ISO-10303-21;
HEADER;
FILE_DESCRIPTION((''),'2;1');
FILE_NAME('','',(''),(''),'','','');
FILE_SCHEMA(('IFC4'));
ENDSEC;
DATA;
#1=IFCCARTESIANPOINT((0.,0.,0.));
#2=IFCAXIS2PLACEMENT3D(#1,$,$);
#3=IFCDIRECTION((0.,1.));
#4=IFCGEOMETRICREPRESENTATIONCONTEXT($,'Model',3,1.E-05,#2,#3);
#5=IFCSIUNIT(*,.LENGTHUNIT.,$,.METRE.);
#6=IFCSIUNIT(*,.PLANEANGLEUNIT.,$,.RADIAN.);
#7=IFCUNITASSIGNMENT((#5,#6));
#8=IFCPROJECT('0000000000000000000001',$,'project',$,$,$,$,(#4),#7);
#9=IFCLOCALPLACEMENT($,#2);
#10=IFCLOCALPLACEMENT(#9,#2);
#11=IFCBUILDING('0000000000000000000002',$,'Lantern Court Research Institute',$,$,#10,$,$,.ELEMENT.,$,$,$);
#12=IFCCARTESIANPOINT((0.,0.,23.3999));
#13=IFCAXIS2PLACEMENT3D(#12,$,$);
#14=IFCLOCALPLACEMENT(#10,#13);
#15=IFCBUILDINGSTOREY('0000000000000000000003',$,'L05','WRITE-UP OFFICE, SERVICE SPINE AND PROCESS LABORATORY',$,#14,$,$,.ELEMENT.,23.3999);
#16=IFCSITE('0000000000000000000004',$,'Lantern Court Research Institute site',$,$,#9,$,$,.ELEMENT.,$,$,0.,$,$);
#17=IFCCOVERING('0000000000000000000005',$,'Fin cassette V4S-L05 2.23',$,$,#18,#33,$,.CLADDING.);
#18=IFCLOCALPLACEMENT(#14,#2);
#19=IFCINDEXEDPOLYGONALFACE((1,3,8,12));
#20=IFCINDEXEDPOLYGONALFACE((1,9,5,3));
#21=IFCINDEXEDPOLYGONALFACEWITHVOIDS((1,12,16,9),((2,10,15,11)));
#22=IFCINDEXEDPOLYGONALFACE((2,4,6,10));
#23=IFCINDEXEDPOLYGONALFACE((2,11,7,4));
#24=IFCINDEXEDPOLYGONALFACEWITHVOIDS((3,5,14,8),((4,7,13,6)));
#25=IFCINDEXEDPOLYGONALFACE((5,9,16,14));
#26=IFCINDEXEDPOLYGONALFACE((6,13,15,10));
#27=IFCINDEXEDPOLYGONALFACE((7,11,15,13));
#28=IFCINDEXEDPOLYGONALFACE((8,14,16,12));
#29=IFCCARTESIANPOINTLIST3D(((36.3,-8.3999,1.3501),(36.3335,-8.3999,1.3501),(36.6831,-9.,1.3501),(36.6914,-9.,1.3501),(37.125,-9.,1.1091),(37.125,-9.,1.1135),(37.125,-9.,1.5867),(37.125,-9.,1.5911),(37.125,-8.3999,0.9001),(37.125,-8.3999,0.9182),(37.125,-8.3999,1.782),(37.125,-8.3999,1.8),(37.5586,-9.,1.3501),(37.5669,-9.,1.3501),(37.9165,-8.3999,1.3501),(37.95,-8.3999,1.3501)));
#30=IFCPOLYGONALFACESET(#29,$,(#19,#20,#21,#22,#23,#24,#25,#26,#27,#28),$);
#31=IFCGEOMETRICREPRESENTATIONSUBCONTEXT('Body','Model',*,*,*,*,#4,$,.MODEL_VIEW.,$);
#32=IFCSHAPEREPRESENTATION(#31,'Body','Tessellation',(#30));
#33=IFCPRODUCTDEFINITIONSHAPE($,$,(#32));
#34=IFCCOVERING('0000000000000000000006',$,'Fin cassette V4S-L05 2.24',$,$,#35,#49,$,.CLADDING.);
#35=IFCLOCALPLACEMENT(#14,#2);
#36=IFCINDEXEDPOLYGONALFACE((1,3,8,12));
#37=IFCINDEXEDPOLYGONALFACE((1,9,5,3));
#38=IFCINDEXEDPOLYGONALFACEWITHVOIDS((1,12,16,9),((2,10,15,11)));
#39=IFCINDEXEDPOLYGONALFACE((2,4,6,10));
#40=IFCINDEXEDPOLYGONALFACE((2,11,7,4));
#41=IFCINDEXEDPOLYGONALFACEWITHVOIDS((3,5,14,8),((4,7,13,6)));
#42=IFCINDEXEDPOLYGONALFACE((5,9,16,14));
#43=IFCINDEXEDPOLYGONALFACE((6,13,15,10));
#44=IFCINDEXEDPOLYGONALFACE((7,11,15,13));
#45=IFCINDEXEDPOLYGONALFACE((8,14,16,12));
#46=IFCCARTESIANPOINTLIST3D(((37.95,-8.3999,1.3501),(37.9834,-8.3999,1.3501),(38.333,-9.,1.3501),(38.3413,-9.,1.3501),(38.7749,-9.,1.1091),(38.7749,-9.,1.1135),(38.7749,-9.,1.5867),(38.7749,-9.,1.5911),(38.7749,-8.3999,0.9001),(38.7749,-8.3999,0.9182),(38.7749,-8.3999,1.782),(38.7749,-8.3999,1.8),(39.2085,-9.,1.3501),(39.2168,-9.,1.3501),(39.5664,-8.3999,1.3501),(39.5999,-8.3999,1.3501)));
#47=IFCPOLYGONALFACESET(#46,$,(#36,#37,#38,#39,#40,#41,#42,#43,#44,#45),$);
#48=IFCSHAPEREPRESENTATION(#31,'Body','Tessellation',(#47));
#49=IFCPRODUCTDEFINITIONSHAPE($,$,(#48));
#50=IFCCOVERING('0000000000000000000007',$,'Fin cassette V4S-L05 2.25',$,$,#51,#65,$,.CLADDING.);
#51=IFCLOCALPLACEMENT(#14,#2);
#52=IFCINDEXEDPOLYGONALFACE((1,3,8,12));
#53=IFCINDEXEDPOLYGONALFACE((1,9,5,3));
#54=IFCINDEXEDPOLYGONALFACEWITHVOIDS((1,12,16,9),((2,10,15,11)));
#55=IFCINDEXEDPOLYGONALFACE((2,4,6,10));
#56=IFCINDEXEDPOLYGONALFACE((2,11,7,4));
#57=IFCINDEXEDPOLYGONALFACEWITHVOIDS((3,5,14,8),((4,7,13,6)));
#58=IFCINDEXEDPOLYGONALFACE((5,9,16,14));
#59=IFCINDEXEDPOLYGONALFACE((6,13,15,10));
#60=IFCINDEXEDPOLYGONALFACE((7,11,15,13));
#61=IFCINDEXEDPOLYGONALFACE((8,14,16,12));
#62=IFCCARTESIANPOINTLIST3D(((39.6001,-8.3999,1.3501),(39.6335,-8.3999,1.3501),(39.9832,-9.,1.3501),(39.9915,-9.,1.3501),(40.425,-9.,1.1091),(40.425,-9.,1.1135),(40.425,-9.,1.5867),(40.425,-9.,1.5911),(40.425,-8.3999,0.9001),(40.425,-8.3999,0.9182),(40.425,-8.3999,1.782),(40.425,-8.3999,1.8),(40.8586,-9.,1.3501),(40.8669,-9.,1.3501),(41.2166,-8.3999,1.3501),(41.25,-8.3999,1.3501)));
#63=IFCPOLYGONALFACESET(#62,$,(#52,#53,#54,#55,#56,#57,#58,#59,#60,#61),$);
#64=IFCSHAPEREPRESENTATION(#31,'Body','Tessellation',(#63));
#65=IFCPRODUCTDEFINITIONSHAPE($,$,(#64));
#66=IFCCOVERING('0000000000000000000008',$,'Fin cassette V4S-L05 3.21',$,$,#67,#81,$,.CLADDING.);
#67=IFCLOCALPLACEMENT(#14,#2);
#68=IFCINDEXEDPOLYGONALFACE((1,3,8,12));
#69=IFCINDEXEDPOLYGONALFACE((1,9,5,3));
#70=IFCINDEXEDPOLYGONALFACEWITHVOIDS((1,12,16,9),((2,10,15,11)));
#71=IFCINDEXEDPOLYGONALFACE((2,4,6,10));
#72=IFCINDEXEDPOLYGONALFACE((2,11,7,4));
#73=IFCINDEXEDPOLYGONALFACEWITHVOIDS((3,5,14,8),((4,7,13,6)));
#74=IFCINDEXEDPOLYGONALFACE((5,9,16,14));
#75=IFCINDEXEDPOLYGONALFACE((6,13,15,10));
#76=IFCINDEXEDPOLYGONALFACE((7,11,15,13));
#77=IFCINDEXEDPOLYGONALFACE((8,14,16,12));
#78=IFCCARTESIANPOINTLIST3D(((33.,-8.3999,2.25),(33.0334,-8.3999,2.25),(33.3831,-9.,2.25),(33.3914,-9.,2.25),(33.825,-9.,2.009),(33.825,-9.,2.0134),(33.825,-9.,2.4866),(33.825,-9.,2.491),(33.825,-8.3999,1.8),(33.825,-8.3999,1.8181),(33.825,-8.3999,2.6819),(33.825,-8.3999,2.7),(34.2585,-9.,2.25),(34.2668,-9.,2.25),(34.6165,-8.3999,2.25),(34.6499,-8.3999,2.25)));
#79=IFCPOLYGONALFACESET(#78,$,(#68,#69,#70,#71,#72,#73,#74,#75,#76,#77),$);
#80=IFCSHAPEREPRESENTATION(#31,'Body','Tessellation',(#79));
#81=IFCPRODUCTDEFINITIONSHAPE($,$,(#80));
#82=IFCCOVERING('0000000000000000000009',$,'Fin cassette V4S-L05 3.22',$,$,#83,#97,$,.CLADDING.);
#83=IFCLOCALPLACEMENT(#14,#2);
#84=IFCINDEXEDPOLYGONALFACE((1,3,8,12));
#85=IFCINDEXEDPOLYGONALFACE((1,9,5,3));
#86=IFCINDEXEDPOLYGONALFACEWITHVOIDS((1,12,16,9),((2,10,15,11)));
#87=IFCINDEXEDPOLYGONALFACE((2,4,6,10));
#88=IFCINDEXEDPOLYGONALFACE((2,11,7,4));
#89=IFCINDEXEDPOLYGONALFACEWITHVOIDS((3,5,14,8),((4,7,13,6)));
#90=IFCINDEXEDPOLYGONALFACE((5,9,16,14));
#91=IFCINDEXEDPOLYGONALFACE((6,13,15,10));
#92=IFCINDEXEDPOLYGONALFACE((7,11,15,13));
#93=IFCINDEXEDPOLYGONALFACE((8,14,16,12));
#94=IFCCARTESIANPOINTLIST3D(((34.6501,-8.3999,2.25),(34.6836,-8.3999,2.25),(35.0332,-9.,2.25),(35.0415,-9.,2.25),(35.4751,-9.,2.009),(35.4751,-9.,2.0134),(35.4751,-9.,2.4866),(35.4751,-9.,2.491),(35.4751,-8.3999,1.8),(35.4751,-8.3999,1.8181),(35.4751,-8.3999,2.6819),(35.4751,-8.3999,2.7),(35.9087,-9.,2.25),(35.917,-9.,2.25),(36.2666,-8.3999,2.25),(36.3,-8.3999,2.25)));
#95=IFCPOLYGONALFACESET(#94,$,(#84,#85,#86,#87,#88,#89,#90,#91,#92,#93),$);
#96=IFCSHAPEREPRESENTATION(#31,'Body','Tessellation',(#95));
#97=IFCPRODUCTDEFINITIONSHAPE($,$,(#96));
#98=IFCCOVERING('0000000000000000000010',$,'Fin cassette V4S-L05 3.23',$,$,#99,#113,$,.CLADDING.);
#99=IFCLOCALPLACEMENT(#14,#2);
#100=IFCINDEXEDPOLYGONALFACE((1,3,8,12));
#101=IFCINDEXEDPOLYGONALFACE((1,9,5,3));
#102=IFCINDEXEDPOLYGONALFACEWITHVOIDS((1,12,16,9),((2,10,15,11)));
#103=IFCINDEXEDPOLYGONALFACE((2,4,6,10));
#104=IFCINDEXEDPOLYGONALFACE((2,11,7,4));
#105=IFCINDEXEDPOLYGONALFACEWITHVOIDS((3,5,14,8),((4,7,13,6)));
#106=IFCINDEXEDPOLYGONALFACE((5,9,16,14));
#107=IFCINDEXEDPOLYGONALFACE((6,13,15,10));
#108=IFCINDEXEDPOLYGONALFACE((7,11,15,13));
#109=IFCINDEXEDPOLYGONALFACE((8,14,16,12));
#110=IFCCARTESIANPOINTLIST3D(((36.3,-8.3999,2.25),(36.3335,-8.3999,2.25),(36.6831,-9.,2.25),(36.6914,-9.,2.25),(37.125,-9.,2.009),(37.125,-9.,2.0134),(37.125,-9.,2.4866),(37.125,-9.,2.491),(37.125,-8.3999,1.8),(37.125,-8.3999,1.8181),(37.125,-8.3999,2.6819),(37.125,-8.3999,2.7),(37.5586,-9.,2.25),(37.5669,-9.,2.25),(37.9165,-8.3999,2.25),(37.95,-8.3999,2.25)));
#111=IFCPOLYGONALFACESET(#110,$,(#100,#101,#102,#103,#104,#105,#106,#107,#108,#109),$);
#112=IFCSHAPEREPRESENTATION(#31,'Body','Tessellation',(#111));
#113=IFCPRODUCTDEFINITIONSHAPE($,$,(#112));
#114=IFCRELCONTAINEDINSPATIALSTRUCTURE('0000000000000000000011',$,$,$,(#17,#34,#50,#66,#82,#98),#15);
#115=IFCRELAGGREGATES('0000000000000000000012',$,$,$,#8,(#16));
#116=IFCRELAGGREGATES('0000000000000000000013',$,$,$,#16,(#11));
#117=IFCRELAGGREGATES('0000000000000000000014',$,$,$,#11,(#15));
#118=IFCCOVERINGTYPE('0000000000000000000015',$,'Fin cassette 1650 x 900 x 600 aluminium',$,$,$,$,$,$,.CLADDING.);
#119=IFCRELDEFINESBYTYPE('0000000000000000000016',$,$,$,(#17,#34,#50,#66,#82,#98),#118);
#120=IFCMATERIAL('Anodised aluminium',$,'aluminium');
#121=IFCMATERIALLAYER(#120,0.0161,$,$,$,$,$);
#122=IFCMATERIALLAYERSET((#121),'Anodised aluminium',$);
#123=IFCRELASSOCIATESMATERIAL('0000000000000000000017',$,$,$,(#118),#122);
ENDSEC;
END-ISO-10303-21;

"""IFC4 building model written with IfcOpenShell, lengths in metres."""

from ifc_helpers import new_model, entity, si_unit, direction, frame, origin, place, context, subcontext, project, spatial, material, layer, layer_set, type_object, element, save


model = new_model("IFC4")

# Units and contexts
model_context = context("Model", 3, precision=1e-05, world=origin(), true_north=direction((0.0, 1.0)))
body_context = subcontext(model_context, "Body", "Model", "MODEL_VIEW")
ifc_project = project(units=[si_unit("LENGTHUNIT", "METRE"), si_unit("PLANEANGLEUNIT", "RADIAN")], contexts=[model_context])

# Site, building, storey
site_placement = place(None, origin())
site = spatial("IfcSite", under=ifc_project, at=site_placement, Name="Lantern Court Research Institute site", CompositionType="ELEMENT", RefElevation=0.0)
building_placement = place(site_placement, origin())
building = spatial("IfcBuilding", under=site, at=building_placement, Name="Lantern Court Research Institute", CompositionType="ELEMENT")
storey_placement = place(building_placement, frame((0.0, 0.0, 23.3999)))
storey = spatial("IfcBuildingStorey", under=building, at=storey_placement, Name="L05", Description="WRITE-UP OFFICE, SERVICE SPINE AND PROCESS LABORATORY", CompositionType="ELEMENT", Elevation=23.3999)

# Coverings
ifc_material_1 = material(Name="Anodised aluminium", Category="aluminium")
ifc_layer_1 = layer(ifc_material_1, 0.0161)
ifc_layer_set_1 = layer_set([ifc_layer_1], Name="Anodised aluminium")
covering_type = type_object("IfcCoveringType", Name="Fin cassette 1650 x 900 x 600 aluminium", PredefinedType="CLADDING", material=ifc_layer_set_1)
covering_1_placement = place(storey_placement, frame((37.125, -8.3999, 1.3501), z_axis=(0.0, -1.0, 0.0), x_axis=(1.0, 0.0, 0.0)))
cartesian_point_1 = entity("IfcCartesianPoint", [0.825, 0.0])
cartesian_point_2 = entity("IfcCartesianPoint", [0.7915, 0.0])
cartesian_point_3 = entity("IfcCartesianPoint", [0.4419, 0.0])
cartesian_point_4 = entity("IfcCartesianPoint", [0.4336, 0.0])
element("IfcCovering", 1, at=covering_1_placement, inside=storey, type_object=covering_type, Name="Fin cassette V4S-L05 2.23", PredefinedType="CLADDING", context=body_context, shape_type="SweptSolid", body=[
    entity("IfcExtrudedAreaSolidTapered", entity("IfcArbitraryProfileDefWithVoids", "AREA", None, entity("IfcPolyline", [cartesian_point_1, entity("IfcCartesianPoint", [0.0, 0.45]), entity("IfcCartesianPoint", [-0.825, 0.0]), entity("IfcCartesianPoint", [0.0, -0.45]), cartesian_point_1]), [entity("IfcPolyline", [cartesian_point_2, entity("IfcCartesianPoint", [0.0, 0.4319]), entity("IfcCartesianPoint", [-0.7915, 0.0]), entity("IfcCartesianPoint", [0.0, -0.4319]), cartesian_point_2])]), entity("IfcAxis2Placement3D", entity("IfcCartesianPoint", [0.0, 0.0, 0.0])), entity("IfcDirection", [0.0, 0.0, 1.0]), 0.6001, entity("IfcArbitraryProfileDefWithVoids", "AREA", None, entity("IfcPolyline", [cartesian_point_3, entity("IfcCartesianPoint", [0.0, 0.241]), entity("IfcCartesianPoint", [-0.4419, 0.0]), entity("IfcCartesianPoint", [0.0, -0.241]), cartesian_point_3]), [entity("IfcPolyline", [cartesian_point_4, entity("IfcCartesianPoint", [0.0, 0.2366]), entity("IfcCartesianPoint", [-0.4336, 0.0]), entity("IfcCartesianPoint", [0.0, -0.2366]), cartesian_point_4])])),
])
covering_2_placement = place(storey_placement, frame((38.7749, -8.3999, 1.3501), z_axis=(0.0, -1.0, 0.0), x_axis=(1.0, 0.0, 0.0)))
cartesian_point_5 = entity("IfcCartesianPoint", [0.825, 0.0])
cartesian_point_6 = entity("IfcCartesianPoint", [0.7915, 0.0])
cartesian_point_7 = entity("IfcCartesianPoint", [0.4419, 0.0])
cartesian_point_8 = entity("IfcCartesianPoint", [0.4336, 0.0])
element("IfcCovering", 2, at=covering_2_placement, inside=storey, type_object=covering_type, Name="Fin cassette V4S-L05 2.24", PredefinedType="CLADDING", context=body_context, shape_type="SweptSolid", body=[
    entity("IfcExtrudedAreaSolidTapered", entity("IfcArbitraryProfileDefWithVoids", "AREA", None, entity("IfcPolyline", [cartesian_point_5, entity("IfcCartesianPoint", [0.0, 0.45]), entity("IfcCartesianPoint", [-0.825, 0.0]), entity("IfcCartesianPoint", [0.0, -0.45]), cartesian_point_5]), [entity("IfcPolyline", [cartesian_point_6, entity("IfcCartesianPoint", [0.0, 0.4319]), entity("IfcCartesianPoint", [-0.7915, 0.0]), entity("IfcCartesianPoint", [0.0, -0.4319]), cartesian_point_6])]), entity("IfcAxis2Placement3D", entity("IfcCartesianPoint", [0.0, 0.0, 0.0])), entity("IfcDirection", [0.0, 0.0, 1.0]), 0.6001, entity("IfcArbitraryProfileDefWithVoids", "AREA", None, entity("IfcPolyline", [cartesian_point_7, entity("IfcCartesianPoint", [0.0, 0.241]), entity("IfcCartesianPoint", [-0.4419, 0.0]), entity("IfcCartesianPoint", [0.0, -0.241]), cartesian_point_7]), [entity("IfcPolyline", [cartesian_point_8, entity("IfcCartesianPoint", [0.0, 0.2366]), entity("IfcCartesianPoint", [-0.4336, 0.0]), entity("IfcCartesianPoint", [0.0, -0.2366]), cartesian_point_8])])),
])
covering_3_placement = place(storey_placement, frame((40.425, -8.3999, 1.3501), z_axis=(0.0, -1.0, 0.0), x_axis=(1.0, 0.0, 0.0)))
cartesian_point_9 = entity("IfcCartesianPoint", [0.825, 0.0])
cartesian_point_10 = entity("IfcCartesianPoint", [0.7915, 0.0])
cartesian_point_11 = entity("IfcCartesianPoint", [0.4419, 0.0])
cartesian_point_12 = entity("IfcCartesianPoint", [0.4336, 0.0])
element("IfcCovering", 3, at=covering_3_placement, inside=storey, type_object=covering_type, Name="Fin cassette V4S-L05 2.25", PredefinedType="CLADDING", context=body_context, shape_type="SweptSolid", body=[
    entity("IfcExtrudedAreaSolidTapered", entity("IfcArbitraryProfileDefWithVoids", "AREA", None, entity("IfcPolyline", [cartesian_point_9, entity("IfcCartesianPoint", [0.0, 0.45]), entity("IfcCartesianPoint", [-0.825, 0.0]), entity("IfcCartesianPoint", [0.0, -0.45]), cartesian_point_9]), [entity("IfcPolyline", [cartesian_point_10, entity("IfcCartesianPoint", [0.0, 0.4319]), entity("IfcCartesianPoint", [-0.7915, 0.0]), entity("IfcCartesianPoint", [0.0, -0.4319]), cartesian_point_10])]), entity("IfcAxis2Placement3D", entity("IfcCartesianPoint", [0.0, 0.0, 0.0])), entity("IfcDirection", [0.0, 0.0, 1.0]), 0.6001, entity("IfcArbitraryProfileDefWithVoids", "AREA", None, entity("IfcPolyline", [cartesian_point_11, entity("IfcCartesianPoint", [0.0, 0.241]), entity("IfcCartesianPoint", [-0.4419, 0.0]), entity("IfcCartesianPoint", [0.0, -0.241]), cartesian_point_11]), [entity("IfcPolyline", [cartesian_point_12, entity("IfcCartesianPoint", [0.0, 0.2366]), entity("IfcCartesianPoint", [-0.4336, 0.0]), entity("IfcCartesianPoint", [0.0, -0.2366]), cartesian_point_12])])),
])
covering_4_placement = place(storey_placement, frame((33.825, -8.3999, 2.25), z_axis=(0.0, -1.0, 0.0), x_axis=(1.0, 0.0, 0.0)))
cartesian_point_13 = entity("IfcCartesianPoint", [0.825, 0.0])
cartesian_point_14 = entity("IfcCartesianPoint", [0.7915, 0.0])
cartesian_point_15 = entity("IfcCartesianPoint", [0.4419, 0.0])
cartesian_point_16 = entity("IfcCartesianPoint", [0.4336, 0.0])
element("IfcCovering", 4, at=covering_4_placement, inside=storey, type_object=covering_type, Name="Fin cassette V4S-L05 3.21", PredefinedType="CLADDING", context=body_context, shape_type="SweptSolid", body=[
    entity("IfcExtrudedAreaSolidTapered", entity("IfcArbitraryProfileDefWithVoids", "AREA", None, entity("IfcPolyline", [cartesian_point_13, entity("IfcCartesianPoint", [0.0, 0.45]), entity("IfcCartesianPoint", [-0.825, 0.0]), entity("IfcCartesianPoint", [0.0, -0.45]), cartesian_point_13]), [entity("IfcPolyline", [cartesian_point_14, entity("IfcCartesianPoint", [0.0, 0.4319]), entity("IfcCartesianPoint", [-0.7915, 0.0]), entity("IfcCartesianPoint", [0.0, -0.4319]), cartesian_point_14])]), entity("IfcAxis2Placement3D", entity("IfcCartesianPoint", [0.0, 0.0, 0.0])), entity("IfcDirection", [0.0, 0.0, 1.0]), 0.6001, entity("IfcArbitraryProfileDefWithVoids", "AREA", None, entity("IfcPolyline", [cartesian_point_15, entity("IfcCartesianPoint", [0.0, 0.241]), entity("IfcCartesianPoint", [-0.4419, 0.0]), entity("IfcCartesianPoint", [0.0, -0.241]), cartesian_point_15]), [entity("IfcPolyline", [cartesian_point_16, entity("IfcCartesianPoint", [0.0, 0.2366]), entity("IfcCartesianPoint", [-0.4336, 0.0]), entity("IfcCartesianPoint", [0.0, -0.2366]), cartesian_point_16])])),
])
covering_5_placement = place(storey_placement, frame((35.4751, -8.3999, 2.25), z_axis=(0.0, -1.0, 0.0), x_axis=(1.0, 0.0, 0.0)))
cartesian_point_17 = entity("IfcCartesianPoint", [0.825, 0.0])
cartesian_point_18 = entity("IfcCartesianPoint", [0.7915, 0.0])
cartesian_point_19 = entity("IfcCartesianPoint", [0.4419, 0.0])
cartesian_point_20 = entity("IfcCartesianPoint", [0.4336, 0.0])
element("IfcCovering", 5, at=covering_5_placement, inside=storey, type_object=covering_type, Name="Fin cassette V4S-L05 3.22", PredefinedType="CLADDING", context=body_context, shape_type="SweptSolid", body=[
    entity("IfcExtrudedAreaSolidTapered", entity("IfcArbitraryProfileDefWithVoids", "AREA", None, entity("IfcPolyline", [cartesian_point_17, entity("IfcCartesianPoint", [0.0, 0.45]), entity("IfcCartesianPoint", [-0.825, 0.0]), entity("IfcCartesianPoint", [0.0, -0.45]), cartesian_point_17]), [entity("IfcPolyline", [cartesian_point_18, entity("IfcCartesianPoint", [0.0, 0.4319]), entity("IfcCartesianPoint", [-0.7915, 0.0]), entity("IfcCartesianPoint", [0.0, -0.4319]), cartesian_point_18])]), entity("IfcAxis2Placement3D", entity("IfcCartesianPoint", [0.0, 0.0, 0.0])), entity("IfcDirection", [0.0, 0.0, 1.0]), 0.6001, entity("IfcArbitraryProfileDefWithVoids", "AREA", None, entity("IfcPolyline", [cartesian_point_19, entity("IfcCartesianPoint", [0.0, 0.241]), entity("IfcCartesianPoint", [-0.4419, 0.0]), entity("IfcCartesianPoint", [0.0, -0.241]), cartesian_point_19]), [entity("IfcPolyline", [cartesian_point_20, entity("IfcCartesianPoint", [0.0, 0.2366]), entity("IfcCartesianPoint", [-0.4336, 0.0]), entity("IfcCartesianPoint", [0.0, -0.2366]), cartesian_point_20])])),
])
covering_6_placement = place(storey_placement, frame((37.125, -8.3999, 2.25), z_axis=(0.0, -1.0, 0.0), x_axis=(1.0, 0.0, 0.0)))
cartesian_point_21 = entity("IfcCartesianPoint", [0.825, 0.0])
cartesian_point_22 = entity("IfcCartesianPoint", [0.7915, 0.0])
cartesian_point_23 = entity("IfcCartesianPoint", [0.4419, 0.0])
cartesian_point_24 = entity("IfcCartesianPoint", [0.4336, 0.0])
element("IfcCovering", 6, at=covering_6_placement, inside=storey, type_object=covering_type, Name="Fin cassette V4S-L05 3.23", PredefinedType="CLADDING", context=body_context, shape_type="SweptSolid", body=[
    entity("IfcExtrudedAreaSolidTapered", entity("IfcArbitraryProfileDefWithVoids", "AREA", None, entity("IfcPolyline", [cartesian_point_21, entity("IfcCartesianPoint", [0.0, 0.45]), entity("IfcCartesianPoint", [-0.825, 0.0]), entity("IfcCartesianPoint", [0.0, -0.45]), cartesian_point_21]), [entity("IfcPolyline", [cartesian_point_22, entity("IfcCartesianPoint", [0.0, 0.4319]), entity("IfcCartesianPoint", [-0.7915, 0.0]), entity("IfcCartesianPoint", [0.0, -0.4319]), cartesian_point_22])]), entity("IfcAxis2Placement3D", entity("IfcCartesianPoint", [0.0, 0.0, 0.0])), entity("IfcDirection", [0.0, 0.0, 1.0]), 0.6001, entity("IfcArbitraryProfileDefWithVoids", "AREA", None, entity("IfcPolyline", [cartesian_point_23, entity("IfcCartesianPoint", [0.0, 0.241]), entity("IfcCartesianPoint", [-0.4419, 0.0]), entity("IfcCartesianPoint", [0.0, -0.241]), cartesian_point_23]), [entity("IfcPolyline", [cartesian_point_24, entity("IfcCartesianPoint", [0.0, 0.2366]), entity("IfcCartesianPoint", [-0.4336, 0.0]), entity("IfcCartesianPoint", [0.0, -0.2366]), cartesian_point_24])])),
])

save(model, "model.ifc")
